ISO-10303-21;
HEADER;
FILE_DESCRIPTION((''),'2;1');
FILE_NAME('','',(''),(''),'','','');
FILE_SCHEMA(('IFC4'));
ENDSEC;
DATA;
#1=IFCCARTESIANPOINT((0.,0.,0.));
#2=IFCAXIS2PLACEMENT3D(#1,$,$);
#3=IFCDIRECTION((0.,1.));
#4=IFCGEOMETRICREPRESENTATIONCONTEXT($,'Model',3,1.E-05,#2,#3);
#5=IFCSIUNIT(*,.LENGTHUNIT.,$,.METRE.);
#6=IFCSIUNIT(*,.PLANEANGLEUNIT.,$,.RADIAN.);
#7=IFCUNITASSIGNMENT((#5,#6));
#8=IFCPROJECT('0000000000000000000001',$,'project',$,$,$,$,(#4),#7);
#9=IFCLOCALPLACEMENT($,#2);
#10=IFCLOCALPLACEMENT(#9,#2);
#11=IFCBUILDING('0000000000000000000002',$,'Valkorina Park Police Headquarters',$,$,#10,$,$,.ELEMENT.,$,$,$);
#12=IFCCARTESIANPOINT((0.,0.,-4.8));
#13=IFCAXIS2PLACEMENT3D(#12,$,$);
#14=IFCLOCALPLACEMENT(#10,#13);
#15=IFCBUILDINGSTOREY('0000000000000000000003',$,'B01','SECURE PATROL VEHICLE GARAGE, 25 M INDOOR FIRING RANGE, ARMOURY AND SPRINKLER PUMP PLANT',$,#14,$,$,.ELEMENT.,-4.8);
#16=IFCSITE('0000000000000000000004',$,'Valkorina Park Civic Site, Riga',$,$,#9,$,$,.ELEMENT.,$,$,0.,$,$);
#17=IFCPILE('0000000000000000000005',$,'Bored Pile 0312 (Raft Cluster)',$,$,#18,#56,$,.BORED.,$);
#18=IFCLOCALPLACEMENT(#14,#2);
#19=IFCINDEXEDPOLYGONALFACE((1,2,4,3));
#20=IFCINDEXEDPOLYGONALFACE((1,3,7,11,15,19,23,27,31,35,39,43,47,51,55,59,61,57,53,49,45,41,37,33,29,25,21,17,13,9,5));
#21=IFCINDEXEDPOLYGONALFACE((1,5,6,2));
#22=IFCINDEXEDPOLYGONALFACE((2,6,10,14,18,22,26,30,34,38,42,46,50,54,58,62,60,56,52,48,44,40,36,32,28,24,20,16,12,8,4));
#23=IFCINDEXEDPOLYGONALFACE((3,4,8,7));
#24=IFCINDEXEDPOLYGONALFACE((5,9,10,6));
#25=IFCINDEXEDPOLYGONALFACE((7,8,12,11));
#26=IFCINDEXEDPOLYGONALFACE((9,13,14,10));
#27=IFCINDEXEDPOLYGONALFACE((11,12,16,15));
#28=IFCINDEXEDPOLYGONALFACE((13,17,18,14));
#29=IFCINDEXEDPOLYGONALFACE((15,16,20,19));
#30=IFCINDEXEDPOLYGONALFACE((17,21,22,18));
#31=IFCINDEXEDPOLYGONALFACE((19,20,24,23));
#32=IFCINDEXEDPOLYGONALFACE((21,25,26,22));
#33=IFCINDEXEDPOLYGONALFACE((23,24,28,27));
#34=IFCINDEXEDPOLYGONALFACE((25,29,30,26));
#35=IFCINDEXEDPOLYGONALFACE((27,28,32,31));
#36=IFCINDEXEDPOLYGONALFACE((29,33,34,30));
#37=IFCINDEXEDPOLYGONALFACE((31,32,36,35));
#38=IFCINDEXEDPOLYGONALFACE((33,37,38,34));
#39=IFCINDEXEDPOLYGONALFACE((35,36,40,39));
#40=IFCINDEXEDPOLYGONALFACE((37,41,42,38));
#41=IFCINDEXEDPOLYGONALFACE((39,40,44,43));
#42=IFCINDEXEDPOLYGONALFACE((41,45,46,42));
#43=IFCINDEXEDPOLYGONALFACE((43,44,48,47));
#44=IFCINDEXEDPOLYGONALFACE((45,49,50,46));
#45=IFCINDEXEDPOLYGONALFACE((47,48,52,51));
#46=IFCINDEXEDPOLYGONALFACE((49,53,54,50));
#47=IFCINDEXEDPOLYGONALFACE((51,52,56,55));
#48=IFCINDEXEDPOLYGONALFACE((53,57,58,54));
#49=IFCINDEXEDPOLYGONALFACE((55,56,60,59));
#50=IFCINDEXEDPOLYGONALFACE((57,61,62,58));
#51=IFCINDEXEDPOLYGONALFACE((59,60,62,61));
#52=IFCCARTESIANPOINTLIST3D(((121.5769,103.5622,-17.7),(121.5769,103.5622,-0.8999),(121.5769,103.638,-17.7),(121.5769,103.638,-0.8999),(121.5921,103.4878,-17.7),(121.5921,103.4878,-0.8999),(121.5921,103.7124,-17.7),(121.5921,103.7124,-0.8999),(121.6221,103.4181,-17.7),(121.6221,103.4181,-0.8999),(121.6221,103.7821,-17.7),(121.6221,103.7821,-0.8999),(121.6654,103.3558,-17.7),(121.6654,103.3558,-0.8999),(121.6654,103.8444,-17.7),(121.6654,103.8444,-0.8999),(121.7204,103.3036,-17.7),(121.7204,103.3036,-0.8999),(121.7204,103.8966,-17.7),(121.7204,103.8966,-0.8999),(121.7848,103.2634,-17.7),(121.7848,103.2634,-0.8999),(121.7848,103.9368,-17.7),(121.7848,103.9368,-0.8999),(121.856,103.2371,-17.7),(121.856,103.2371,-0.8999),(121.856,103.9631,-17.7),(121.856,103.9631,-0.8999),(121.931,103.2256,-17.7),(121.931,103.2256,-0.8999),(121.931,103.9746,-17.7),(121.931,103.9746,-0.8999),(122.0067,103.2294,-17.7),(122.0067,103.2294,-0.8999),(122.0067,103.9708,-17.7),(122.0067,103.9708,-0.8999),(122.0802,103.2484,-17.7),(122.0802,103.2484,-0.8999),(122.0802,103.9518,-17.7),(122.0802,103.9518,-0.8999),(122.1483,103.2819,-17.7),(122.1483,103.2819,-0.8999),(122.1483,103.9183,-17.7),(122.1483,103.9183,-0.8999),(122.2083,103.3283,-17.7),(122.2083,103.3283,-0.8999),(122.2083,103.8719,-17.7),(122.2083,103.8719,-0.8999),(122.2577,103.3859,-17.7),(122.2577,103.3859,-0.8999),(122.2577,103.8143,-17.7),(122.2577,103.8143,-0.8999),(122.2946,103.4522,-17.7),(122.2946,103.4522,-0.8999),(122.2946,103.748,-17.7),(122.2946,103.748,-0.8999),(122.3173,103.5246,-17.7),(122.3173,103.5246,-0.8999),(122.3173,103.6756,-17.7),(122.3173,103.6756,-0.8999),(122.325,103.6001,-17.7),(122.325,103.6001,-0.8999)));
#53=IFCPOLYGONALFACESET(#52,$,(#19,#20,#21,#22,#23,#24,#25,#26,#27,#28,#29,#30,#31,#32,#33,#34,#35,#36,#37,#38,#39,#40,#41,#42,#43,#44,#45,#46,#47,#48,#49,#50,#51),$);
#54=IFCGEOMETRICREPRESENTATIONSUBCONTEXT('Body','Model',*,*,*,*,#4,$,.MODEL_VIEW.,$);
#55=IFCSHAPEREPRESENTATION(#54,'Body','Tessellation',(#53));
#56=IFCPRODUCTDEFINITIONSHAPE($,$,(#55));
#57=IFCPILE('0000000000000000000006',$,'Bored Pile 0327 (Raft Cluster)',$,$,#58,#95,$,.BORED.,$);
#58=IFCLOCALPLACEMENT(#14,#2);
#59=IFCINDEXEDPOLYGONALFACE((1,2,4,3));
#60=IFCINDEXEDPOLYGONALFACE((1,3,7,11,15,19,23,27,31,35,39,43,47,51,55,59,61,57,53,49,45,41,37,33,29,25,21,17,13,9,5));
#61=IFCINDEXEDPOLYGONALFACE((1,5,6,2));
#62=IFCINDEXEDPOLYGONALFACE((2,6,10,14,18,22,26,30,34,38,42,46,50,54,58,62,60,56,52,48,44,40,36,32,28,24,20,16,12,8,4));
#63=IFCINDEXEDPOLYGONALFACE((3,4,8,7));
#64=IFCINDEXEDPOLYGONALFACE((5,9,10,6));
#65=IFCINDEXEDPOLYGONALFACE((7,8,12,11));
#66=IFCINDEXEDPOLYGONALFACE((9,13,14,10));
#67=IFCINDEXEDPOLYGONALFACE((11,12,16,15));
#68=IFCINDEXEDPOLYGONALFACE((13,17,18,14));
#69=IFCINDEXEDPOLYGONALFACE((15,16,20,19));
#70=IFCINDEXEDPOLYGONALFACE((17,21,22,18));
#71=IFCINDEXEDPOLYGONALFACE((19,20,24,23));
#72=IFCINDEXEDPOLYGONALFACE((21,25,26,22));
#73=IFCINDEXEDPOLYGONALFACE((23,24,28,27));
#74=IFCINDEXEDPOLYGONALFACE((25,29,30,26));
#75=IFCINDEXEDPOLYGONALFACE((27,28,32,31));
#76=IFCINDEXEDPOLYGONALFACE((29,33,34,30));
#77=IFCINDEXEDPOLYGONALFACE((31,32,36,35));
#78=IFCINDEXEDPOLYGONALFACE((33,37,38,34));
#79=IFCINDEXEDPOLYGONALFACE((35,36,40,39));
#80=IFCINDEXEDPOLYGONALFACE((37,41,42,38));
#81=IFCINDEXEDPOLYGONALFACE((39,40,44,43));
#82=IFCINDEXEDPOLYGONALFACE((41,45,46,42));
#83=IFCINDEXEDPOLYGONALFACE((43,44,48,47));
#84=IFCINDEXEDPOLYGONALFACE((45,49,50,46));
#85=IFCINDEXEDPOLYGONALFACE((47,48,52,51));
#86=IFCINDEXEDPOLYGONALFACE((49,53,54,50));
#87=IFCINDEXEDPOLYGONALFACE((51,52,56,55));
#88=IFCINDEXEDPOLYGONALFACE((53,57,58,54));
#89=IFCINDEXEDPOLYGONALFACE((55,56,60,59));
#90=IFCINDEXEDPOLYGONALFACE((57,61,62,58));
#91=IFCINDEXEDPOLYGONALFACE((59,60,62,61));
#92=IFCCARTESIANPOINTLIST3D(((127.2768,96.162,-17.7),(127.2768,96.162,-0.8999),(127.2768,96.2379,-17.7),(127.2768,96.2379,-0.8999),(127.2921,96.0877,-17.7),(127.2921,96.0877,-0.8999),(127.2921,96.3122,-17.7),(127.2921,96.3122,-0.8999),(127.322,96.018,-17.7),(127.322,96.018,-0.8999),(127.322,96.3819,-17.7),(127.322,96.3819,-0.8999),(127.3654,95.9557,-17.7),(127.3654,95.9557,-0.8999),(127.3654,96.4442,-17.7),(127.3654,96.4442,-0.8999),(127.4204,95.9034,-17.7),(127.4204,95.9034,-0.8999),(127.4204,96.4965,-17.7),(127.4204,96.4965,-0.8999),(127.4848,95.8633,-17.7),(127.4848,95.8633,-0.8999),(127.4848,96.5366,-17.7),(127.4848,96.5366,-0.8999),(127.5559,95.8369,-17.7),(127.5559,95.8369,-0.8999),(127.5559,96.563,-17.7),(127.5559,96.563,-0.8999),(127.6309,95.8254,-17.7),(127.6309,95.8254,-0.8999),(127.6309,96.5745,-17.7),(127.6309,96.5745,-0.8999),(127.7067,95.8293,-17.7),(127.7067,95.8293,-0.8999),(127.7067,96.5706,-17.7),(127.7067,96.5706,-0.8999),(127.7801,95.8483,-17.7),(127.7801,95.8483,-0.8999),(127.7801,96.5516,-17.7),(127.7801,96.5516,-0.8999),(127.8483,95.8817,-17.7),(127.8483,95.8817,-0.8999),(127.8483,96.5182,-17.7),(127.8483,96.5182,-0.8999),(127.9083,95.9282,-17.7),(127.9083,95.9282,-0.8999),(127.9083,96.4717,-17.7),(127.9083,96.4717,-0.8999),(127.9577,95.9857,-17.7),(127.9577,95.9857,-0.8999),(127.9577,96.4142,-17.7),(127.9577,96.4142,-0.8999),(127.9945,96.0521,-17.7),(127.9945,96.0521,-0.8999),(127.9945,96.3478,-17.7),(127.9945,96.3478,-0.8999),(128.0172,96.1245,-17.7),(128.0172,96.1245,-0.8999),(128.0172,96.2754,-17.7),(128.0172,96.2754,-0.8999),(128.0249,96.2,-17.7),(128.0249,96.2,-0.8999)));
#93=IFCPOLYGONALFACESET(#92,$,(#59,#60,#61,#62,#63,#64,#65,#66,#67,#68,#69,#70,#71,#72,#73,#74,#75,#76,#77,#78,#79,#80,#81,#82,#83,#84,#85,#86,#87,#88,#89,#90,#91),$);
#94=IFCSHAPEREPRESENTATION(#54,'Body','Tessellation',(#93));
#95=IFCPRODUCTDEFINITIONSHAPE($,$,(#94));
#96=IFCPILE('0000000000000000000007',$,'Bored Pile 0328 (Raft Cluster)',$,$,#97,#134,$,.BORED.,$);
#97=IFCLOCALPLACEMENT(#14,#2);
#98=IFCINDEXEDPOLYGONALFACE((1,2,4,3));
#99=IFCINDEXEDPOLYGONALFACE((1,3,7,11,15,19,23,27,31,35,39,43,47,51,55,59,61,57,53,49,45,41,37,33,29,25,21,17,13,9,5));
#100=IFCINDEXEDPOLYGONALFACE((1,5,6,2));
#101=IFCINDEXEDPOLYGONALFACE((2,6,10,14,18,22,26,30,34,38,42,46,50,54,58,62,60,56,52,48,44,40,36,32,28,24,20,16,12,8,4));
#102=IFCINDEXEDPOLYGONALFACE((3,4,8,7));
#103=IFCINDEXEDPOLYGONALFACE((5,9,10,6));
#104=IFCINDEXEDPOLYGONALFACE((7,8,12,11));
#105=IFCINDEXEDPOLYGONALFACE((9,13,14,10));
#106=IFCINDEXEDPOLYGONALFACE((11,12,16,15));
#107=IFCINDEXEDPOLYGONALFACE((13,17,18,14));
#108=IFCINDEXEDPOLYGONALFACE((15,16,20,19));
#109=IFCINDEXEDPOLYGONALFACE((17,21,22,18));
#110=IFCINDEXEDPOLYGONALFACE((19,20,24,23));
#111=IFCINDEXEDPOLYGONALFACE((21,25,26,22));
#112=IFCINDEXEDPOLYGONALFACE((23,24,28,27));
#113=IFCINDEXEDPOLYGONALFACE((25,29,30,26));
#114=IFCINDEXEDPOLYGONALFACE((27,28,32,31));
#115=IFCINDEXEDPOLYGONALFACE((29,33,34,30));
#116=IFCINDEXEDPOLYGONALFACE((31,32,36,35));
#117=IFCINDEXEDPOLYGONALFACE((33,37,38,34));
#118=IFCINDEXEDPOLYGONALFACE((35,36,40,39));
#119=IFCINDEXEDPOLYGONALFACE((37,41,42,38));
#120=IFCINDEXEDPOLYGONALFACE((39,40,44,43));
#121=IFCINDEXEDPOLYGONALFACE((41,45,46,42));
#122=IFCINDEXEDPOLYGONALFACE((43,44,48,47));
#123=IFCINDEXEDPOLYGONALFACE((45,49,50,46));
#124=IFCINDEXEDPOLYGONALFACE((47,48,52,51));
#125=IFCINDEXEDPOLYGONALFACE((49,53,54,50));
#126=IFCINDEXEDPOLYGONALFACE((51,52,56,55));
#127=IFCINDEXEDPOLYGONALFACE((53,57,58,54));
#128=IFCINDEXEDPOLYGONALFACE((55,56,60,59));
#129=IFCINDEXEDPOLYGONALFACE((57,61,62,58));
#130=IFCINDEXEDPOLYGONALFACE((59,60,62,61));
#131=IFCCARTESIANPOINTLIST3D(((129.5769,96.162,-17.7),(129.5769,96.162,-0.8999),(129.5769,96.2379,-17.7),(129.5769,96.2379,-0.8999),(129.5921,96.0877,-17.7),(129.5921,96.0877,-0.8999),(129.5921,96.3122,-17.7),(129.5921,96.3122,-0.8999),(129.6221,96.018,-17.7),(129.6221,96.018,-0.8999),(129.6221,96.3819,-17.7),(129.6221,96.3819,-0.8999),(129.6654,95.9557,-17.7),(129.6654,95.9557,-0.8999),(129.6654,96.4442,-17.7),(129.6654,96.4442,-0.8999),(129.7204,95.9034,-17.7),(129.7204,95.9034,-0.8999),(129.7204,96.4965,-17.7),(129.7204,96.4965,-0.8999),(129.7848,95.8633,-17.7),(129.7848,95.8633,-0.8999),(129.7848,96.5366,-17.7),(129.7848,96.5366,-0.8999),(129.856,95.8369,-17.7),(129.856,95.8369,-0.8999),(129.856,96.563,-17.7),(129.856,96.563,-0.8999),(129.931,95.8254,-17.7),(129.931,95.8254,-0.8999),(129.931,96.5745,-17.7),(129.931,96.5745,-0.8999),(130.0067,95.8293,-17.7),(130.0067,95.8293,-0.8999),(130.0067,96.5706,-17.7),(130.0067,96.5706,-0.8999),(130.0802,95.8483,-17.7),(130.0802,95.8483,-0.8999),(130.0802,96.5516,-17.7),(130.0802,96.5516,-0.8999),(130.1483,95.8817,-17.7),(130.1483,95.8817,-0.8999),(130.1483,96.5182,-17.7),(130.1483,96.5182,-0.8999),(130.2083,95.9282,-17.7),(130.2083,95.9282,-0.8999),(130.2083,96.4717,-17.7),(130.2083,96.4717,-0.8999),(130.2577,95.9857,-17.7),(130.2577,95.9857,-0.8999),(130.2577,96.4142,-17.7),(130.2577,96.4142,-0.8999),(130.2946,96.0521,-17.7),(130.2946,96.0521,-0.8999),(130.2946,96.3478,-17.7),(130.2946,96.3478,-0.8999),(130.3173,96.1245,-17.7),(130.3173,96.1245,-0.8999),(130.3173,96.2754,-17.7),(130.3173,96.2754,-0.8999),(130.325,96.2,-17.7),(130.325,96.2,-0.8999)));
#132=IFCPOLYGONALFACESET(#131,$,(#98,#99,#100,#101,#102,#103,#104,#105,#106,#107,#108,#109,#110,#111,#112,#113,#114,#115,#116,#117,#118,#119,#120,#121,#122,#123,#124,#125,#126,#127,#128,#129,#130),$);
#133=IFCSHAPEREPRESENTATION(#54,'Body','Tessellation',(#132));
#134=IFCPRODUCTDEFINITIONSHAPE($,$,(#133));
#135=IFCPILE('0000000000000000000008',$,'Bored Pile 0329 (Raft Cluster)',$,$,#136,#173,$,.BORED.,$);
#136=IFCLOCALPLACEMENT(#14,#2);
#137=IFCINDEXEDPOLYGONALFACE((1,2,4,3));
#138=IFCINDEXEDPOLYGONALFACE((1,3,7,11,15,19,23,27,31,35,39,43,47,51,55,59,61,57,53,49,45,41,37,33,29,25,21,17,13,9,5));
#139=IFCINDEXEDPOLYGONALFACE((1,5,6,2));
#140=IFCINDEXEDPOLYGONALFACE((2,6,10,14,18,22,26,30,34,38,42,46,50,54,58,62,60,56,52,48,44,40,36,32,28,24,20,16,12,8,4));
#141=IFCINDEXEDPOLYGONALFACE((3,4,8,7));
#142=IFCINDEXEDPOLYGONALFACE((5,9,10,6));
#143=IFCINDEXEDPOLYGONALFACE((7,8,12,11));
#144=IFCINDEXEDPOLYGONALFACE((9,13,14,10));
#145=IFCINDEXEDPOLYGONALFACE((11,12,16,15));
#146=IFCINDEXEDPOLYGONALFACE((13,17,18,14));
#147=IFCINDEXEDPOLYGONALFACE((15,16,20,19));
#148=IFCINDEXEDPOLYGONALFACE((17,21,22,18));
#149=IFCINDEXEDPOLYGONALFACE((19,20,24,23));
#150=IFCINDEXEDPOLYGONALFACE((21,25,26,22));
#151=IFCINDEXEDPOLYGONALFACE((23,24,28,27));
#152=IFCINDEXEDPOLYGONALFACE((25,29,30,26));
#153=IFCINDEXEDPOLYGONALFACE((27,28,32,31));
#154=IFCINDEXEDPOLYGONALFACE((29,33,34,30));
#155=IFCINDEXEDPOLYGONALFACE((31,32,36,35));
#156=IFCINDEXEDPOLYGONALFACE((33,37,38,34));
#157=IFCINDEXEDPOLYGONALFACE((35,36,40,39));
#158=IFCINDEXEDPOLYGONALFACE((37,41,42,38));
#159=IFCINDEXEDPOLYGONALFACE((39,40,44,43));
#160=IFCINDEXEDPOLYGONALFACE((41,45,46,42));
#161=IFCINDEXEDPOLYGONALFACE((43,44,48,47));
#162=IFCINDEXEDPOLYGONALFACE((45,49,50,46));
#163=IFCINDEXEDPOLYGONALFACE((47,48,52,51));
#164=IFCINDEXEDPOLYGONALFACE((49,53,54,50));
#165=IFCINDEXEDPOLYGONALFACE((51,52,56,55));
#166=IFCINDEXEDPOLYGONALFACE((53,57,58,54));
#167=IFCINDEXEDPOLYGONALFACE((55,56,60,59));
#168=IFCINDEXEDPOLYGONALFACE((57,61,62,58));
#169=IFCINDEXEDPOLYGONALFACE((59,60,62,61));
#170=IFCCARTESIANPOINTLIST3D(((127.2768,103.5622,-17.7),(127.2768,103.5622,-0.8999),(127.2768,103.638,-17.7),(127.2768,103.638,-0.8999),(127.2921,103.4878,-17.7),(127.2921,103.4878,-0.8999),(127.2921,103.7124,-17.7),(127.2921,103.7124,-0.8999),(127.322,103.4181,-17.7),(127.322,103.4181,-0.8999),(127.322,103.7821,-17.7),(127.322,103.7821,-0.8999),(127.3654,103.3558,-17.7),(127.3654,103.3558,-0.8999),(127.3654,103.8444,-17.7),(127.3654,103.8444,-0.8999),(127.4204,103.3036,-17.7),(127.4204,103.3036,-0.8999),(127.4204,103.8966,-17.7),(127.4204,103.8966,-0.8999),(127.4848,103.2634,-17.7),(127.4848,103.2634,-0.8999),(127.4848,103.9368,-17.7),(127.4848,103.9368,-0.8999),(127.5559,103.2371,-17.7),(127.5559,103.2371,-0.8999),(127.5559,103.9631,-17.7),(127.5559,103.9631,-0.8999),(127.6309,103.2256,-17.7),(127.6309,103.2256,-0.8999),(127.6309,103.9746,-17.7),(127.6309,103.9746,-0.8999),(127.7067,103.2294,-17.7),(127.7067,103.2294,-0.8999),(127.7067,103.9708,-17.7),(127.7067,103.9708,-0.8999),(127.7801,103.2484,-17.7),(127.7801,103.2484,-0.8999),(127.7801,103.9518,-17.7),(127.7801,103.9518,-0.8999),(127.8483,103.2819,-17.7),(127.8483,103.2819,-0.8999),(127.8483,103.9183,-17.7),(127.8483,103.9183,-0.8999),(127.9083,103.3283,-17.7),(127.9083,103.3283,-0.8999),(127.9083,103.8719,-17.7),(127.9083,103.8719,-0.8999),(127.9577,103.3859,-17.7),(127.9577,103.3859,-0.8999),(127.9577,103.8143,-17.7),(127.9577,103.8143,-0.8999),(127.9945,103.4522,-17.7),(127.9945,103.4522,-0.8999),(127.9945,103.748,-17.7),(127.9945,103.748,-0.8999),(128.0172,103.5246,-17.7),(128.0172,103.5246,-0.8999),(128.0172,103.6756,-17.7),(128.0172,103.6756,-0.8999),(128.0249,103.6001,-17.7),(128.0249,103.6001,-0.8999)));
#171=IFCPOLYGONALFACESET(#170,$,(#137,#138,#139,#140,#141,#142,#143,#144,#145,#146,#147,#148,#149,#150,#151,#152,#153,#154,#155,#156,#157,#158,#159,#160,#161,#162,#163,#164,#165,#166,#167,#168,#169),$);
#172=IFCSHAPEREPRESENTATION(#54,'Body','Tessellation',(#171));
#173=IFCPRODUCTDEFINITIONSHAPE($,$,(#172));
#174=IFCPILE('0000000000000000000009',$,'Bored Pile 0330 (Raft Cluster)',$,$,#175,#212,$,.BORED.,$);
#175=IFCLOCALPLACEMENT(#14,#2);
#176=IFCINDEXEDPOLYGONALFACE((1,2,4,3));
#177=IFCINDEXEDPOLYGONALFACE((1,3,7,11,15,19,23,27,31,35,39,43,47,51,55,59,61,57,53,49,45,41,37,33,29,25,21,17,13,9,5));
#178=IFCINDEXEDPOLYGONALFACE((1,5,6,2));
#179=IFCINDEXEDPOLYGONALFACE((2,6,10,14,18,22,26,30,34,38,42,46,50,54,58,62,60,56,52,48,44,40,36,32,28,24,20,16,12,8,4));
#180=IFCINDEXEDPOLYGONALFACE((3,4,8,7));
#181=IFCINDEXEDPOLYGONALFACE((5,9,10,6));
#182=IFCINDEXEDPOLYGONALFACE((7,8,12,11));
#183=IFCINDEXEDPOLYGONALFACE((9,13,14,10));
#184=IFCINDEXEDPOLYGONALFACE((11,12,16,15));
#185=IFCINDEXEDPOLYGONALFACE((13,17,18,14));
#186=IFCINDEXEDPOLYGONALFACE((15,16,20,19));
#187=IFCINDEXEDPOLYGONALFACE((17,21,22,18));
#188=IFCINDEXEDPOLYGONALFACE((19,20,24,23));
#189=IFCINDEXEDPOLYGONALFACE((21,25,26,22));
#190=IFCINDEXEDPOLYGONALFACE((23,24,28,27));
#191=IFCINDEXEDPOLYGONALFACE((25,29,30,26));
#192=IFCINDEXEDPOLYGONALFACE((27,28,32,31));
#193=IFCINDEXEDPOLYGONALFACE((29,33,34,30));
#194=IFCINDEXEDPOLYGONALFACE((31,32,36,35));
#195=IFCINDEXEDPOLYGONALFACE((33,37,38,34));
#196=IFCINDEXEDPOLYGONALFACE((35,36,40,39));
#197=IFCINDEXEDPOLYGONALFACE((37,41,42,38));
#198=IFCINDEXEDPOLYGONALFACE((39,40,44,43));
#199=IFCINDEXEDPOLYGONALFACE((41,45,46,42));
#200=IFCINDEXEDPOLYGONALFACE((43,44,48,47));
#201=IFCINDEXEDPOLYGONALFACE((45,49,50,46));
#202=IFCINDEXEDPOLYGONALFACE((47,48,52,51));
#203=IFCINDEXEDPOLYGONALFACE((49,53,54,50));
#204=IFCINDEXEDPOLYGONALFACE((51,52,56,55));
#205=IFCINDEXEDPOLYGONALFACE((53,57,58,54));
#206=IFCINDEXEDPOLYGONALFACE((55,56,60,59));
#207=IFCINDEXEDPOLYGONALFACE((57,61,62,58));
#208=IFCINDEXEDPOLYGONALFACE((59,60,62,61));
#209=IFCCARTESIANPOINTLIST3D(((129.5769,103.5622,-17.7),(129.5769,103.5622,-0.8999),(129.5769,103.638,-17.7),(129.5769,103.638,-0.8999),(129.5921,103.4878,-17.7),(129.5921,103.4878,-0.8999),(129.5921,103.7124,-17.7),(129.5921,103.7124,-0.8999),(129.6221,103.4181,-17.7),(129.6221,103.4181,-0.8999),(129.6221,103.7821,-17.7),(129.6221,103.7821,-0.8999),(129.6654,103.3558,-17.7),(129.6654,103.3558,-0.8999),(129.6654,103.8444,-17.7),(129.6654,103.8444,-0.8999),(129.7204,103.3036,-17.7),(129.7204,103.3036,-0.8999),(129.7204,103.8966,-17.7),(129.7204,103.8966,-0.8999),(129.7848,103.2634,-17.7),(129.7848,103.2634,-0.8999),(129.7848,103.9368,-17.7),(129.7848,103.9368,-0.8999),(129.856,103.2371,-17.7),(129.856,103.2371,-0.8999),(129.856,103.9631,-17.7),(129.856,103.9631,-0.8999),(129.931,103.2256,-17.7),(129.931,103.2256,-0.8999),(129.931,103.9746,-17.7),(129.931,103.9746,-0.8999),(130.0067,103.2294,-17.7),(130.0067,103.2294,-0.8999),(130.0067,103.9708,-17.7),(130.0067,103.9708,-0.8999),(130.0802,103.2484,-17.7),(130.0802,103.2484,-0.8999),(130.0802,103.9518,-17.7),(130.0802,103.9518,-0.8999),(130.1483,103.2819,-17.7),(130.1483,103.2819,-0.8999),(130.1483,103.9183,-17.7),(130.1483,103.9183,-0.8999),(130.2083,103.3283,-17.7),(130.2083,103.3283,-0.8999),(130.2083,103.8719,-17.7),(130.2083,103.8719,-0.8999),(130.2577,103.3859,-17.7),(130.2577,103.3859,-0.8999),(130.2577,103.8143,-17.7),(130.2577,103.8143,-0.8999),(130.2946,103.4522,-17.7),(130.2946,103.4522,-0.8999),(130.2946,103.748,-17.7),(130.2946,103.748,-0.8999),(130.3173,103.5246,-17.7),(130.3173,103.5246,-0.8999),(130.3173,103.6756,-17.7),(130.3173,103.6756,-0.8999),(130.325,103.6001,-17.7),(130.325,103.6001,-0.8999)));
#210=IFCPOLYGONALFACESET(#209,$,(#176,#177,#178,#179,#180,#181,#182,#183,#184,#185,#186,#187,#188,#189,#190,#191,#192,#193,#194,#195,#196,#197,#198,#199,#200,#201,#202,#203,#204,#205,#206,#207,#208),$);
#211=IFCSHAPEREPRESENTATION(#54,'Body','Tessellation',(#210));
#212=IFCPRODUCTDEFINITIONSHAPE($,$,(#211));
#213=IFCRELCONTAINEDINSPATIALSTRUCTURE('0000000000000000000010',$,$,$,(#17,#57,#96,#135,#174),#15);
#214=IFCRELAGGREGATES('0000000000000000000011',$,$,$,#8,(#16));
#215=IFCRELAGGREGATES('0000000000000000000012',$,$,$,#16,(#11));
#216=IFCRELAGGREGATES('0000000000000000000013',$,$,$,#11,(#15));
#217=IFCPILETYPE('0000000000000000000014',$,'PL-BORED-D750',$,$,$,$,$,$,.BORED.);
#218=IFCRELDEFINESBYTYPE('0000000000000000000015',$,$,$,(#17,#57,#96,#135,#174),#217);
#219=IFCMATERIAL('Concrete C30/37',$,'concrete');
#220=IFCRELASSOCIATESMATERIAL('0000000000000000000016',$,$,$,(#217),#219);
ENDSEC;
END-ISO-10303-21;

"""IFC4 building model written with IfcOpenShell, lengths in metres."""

from ifc_helpers import new_model, si_unit, direction, frame, origin, origin_2d, place, context, subcontext, project, spatial, circle, extrude, material, material_profile, profile_set, type_object, element, save


model = new_model("IFC4")

# Units and contexts
model_context = context("Model", 3, precision=1e-05, world=origin(), true_north=direction((0.0, 1.0)))
body_context = subcontext(model_context, "Body", "Model", "MODEL_VIEW")
ifc_project = project(units=[si_unit("LENGTHUNIT", "METRE"), si_unit("PLANEANGLEUNIT", "RADIAN")], contexts=[model_context])

# Site, building, storey
site_placement = place(None, origin())
site = spatial("IfcSite", under=ifc_project, at=site_placement, Name="Valkorina Park Civic Site, Riga", CompositionType="ELEMENT", RefElevation=0.0)
building_placement = place(site_placement, origin())
building = spatial("IfcBuilding", under=site, at=building_placement, Name="Valkorina Park Police Headquarters", CompositionType="ELEMENT")
storey_placement = place(building_placement, frame((0.0, 0.0, -4.8)))
storey = spatial("IfcBuildingStorey", under=building, at=storey_placement, Name="B01", Description="SECURE PATROL VEHICLE GARAGE, 25 M INDOOR FIRING RANGE, ARMOURY AND SPRINKLER PUMP PLANT", CompositionType="ELEMENT", Elevation=-4.8)

# Piles
ifc_material_1 = material(Name="Concrete C30/37", Category="concrete")
ifc_material_profile_1 = material_profile(ifc_material_1, circle(Radius=0.375, at=origin_2d()), Name="BORED PILE D750")
ifc_profile_set_1 = profile_set([ifc_material_profile_1], Name="Concrete C30/37")
pile_type = type_object("IfcPileType", Name="PL-BORED-D750", PredefinedType="BORED", material=ifc_profile_set_1)
for number, where, z_axis, x_axis, name in (
    (1, (121.95, 103.6001, -0.8999), (0.0, 0.0, -1.0), (1.0, 0.0, 0.0), "Bored Pile 0312 (Raft Cluster)"),
    (2, (127.6499, 96.2, -0.8999), (0.0, 0.0, -1.0), (1.0, 0.0, 0.0), "Bored Pile 0327 (Raft Cluster)"),
    (3, (129.95, 96.2, -0.8999), (0.0, 0.0, -1.0), (1.0, 0.0, 0.0), "Bored Pile 0328 (Raft Cluster)"),
    (4, (127.6499, 103.6001, -0.8999), (0.0, 0.0, -1.0), (1.0, 0.0, 0.0), "Bored Pile 0329 (Raft Cluster)"),
    (5, (129.95, 103.6001, -0.8999), (0.0, 0.0, -1.0), (1.0, 0.0, 0.0), "Bored Pile 0330 (Raft Cluster)"),
):
    element("IfcPile", number, at=place(storey_placement, frame(where, z_axis=z_axis, x_axis=x_axis)), inside=storey, type_object=pile_type, Name=name, PredefinedType="BORED", context=body_context, shape_type="SweptSolid", body=[
        extrude(circle(Radius=0.375, at=origin_2d()), origin(), (0.0, 0.0, 1.0), 16.8),
    ])

save(model, "model.ifc")
